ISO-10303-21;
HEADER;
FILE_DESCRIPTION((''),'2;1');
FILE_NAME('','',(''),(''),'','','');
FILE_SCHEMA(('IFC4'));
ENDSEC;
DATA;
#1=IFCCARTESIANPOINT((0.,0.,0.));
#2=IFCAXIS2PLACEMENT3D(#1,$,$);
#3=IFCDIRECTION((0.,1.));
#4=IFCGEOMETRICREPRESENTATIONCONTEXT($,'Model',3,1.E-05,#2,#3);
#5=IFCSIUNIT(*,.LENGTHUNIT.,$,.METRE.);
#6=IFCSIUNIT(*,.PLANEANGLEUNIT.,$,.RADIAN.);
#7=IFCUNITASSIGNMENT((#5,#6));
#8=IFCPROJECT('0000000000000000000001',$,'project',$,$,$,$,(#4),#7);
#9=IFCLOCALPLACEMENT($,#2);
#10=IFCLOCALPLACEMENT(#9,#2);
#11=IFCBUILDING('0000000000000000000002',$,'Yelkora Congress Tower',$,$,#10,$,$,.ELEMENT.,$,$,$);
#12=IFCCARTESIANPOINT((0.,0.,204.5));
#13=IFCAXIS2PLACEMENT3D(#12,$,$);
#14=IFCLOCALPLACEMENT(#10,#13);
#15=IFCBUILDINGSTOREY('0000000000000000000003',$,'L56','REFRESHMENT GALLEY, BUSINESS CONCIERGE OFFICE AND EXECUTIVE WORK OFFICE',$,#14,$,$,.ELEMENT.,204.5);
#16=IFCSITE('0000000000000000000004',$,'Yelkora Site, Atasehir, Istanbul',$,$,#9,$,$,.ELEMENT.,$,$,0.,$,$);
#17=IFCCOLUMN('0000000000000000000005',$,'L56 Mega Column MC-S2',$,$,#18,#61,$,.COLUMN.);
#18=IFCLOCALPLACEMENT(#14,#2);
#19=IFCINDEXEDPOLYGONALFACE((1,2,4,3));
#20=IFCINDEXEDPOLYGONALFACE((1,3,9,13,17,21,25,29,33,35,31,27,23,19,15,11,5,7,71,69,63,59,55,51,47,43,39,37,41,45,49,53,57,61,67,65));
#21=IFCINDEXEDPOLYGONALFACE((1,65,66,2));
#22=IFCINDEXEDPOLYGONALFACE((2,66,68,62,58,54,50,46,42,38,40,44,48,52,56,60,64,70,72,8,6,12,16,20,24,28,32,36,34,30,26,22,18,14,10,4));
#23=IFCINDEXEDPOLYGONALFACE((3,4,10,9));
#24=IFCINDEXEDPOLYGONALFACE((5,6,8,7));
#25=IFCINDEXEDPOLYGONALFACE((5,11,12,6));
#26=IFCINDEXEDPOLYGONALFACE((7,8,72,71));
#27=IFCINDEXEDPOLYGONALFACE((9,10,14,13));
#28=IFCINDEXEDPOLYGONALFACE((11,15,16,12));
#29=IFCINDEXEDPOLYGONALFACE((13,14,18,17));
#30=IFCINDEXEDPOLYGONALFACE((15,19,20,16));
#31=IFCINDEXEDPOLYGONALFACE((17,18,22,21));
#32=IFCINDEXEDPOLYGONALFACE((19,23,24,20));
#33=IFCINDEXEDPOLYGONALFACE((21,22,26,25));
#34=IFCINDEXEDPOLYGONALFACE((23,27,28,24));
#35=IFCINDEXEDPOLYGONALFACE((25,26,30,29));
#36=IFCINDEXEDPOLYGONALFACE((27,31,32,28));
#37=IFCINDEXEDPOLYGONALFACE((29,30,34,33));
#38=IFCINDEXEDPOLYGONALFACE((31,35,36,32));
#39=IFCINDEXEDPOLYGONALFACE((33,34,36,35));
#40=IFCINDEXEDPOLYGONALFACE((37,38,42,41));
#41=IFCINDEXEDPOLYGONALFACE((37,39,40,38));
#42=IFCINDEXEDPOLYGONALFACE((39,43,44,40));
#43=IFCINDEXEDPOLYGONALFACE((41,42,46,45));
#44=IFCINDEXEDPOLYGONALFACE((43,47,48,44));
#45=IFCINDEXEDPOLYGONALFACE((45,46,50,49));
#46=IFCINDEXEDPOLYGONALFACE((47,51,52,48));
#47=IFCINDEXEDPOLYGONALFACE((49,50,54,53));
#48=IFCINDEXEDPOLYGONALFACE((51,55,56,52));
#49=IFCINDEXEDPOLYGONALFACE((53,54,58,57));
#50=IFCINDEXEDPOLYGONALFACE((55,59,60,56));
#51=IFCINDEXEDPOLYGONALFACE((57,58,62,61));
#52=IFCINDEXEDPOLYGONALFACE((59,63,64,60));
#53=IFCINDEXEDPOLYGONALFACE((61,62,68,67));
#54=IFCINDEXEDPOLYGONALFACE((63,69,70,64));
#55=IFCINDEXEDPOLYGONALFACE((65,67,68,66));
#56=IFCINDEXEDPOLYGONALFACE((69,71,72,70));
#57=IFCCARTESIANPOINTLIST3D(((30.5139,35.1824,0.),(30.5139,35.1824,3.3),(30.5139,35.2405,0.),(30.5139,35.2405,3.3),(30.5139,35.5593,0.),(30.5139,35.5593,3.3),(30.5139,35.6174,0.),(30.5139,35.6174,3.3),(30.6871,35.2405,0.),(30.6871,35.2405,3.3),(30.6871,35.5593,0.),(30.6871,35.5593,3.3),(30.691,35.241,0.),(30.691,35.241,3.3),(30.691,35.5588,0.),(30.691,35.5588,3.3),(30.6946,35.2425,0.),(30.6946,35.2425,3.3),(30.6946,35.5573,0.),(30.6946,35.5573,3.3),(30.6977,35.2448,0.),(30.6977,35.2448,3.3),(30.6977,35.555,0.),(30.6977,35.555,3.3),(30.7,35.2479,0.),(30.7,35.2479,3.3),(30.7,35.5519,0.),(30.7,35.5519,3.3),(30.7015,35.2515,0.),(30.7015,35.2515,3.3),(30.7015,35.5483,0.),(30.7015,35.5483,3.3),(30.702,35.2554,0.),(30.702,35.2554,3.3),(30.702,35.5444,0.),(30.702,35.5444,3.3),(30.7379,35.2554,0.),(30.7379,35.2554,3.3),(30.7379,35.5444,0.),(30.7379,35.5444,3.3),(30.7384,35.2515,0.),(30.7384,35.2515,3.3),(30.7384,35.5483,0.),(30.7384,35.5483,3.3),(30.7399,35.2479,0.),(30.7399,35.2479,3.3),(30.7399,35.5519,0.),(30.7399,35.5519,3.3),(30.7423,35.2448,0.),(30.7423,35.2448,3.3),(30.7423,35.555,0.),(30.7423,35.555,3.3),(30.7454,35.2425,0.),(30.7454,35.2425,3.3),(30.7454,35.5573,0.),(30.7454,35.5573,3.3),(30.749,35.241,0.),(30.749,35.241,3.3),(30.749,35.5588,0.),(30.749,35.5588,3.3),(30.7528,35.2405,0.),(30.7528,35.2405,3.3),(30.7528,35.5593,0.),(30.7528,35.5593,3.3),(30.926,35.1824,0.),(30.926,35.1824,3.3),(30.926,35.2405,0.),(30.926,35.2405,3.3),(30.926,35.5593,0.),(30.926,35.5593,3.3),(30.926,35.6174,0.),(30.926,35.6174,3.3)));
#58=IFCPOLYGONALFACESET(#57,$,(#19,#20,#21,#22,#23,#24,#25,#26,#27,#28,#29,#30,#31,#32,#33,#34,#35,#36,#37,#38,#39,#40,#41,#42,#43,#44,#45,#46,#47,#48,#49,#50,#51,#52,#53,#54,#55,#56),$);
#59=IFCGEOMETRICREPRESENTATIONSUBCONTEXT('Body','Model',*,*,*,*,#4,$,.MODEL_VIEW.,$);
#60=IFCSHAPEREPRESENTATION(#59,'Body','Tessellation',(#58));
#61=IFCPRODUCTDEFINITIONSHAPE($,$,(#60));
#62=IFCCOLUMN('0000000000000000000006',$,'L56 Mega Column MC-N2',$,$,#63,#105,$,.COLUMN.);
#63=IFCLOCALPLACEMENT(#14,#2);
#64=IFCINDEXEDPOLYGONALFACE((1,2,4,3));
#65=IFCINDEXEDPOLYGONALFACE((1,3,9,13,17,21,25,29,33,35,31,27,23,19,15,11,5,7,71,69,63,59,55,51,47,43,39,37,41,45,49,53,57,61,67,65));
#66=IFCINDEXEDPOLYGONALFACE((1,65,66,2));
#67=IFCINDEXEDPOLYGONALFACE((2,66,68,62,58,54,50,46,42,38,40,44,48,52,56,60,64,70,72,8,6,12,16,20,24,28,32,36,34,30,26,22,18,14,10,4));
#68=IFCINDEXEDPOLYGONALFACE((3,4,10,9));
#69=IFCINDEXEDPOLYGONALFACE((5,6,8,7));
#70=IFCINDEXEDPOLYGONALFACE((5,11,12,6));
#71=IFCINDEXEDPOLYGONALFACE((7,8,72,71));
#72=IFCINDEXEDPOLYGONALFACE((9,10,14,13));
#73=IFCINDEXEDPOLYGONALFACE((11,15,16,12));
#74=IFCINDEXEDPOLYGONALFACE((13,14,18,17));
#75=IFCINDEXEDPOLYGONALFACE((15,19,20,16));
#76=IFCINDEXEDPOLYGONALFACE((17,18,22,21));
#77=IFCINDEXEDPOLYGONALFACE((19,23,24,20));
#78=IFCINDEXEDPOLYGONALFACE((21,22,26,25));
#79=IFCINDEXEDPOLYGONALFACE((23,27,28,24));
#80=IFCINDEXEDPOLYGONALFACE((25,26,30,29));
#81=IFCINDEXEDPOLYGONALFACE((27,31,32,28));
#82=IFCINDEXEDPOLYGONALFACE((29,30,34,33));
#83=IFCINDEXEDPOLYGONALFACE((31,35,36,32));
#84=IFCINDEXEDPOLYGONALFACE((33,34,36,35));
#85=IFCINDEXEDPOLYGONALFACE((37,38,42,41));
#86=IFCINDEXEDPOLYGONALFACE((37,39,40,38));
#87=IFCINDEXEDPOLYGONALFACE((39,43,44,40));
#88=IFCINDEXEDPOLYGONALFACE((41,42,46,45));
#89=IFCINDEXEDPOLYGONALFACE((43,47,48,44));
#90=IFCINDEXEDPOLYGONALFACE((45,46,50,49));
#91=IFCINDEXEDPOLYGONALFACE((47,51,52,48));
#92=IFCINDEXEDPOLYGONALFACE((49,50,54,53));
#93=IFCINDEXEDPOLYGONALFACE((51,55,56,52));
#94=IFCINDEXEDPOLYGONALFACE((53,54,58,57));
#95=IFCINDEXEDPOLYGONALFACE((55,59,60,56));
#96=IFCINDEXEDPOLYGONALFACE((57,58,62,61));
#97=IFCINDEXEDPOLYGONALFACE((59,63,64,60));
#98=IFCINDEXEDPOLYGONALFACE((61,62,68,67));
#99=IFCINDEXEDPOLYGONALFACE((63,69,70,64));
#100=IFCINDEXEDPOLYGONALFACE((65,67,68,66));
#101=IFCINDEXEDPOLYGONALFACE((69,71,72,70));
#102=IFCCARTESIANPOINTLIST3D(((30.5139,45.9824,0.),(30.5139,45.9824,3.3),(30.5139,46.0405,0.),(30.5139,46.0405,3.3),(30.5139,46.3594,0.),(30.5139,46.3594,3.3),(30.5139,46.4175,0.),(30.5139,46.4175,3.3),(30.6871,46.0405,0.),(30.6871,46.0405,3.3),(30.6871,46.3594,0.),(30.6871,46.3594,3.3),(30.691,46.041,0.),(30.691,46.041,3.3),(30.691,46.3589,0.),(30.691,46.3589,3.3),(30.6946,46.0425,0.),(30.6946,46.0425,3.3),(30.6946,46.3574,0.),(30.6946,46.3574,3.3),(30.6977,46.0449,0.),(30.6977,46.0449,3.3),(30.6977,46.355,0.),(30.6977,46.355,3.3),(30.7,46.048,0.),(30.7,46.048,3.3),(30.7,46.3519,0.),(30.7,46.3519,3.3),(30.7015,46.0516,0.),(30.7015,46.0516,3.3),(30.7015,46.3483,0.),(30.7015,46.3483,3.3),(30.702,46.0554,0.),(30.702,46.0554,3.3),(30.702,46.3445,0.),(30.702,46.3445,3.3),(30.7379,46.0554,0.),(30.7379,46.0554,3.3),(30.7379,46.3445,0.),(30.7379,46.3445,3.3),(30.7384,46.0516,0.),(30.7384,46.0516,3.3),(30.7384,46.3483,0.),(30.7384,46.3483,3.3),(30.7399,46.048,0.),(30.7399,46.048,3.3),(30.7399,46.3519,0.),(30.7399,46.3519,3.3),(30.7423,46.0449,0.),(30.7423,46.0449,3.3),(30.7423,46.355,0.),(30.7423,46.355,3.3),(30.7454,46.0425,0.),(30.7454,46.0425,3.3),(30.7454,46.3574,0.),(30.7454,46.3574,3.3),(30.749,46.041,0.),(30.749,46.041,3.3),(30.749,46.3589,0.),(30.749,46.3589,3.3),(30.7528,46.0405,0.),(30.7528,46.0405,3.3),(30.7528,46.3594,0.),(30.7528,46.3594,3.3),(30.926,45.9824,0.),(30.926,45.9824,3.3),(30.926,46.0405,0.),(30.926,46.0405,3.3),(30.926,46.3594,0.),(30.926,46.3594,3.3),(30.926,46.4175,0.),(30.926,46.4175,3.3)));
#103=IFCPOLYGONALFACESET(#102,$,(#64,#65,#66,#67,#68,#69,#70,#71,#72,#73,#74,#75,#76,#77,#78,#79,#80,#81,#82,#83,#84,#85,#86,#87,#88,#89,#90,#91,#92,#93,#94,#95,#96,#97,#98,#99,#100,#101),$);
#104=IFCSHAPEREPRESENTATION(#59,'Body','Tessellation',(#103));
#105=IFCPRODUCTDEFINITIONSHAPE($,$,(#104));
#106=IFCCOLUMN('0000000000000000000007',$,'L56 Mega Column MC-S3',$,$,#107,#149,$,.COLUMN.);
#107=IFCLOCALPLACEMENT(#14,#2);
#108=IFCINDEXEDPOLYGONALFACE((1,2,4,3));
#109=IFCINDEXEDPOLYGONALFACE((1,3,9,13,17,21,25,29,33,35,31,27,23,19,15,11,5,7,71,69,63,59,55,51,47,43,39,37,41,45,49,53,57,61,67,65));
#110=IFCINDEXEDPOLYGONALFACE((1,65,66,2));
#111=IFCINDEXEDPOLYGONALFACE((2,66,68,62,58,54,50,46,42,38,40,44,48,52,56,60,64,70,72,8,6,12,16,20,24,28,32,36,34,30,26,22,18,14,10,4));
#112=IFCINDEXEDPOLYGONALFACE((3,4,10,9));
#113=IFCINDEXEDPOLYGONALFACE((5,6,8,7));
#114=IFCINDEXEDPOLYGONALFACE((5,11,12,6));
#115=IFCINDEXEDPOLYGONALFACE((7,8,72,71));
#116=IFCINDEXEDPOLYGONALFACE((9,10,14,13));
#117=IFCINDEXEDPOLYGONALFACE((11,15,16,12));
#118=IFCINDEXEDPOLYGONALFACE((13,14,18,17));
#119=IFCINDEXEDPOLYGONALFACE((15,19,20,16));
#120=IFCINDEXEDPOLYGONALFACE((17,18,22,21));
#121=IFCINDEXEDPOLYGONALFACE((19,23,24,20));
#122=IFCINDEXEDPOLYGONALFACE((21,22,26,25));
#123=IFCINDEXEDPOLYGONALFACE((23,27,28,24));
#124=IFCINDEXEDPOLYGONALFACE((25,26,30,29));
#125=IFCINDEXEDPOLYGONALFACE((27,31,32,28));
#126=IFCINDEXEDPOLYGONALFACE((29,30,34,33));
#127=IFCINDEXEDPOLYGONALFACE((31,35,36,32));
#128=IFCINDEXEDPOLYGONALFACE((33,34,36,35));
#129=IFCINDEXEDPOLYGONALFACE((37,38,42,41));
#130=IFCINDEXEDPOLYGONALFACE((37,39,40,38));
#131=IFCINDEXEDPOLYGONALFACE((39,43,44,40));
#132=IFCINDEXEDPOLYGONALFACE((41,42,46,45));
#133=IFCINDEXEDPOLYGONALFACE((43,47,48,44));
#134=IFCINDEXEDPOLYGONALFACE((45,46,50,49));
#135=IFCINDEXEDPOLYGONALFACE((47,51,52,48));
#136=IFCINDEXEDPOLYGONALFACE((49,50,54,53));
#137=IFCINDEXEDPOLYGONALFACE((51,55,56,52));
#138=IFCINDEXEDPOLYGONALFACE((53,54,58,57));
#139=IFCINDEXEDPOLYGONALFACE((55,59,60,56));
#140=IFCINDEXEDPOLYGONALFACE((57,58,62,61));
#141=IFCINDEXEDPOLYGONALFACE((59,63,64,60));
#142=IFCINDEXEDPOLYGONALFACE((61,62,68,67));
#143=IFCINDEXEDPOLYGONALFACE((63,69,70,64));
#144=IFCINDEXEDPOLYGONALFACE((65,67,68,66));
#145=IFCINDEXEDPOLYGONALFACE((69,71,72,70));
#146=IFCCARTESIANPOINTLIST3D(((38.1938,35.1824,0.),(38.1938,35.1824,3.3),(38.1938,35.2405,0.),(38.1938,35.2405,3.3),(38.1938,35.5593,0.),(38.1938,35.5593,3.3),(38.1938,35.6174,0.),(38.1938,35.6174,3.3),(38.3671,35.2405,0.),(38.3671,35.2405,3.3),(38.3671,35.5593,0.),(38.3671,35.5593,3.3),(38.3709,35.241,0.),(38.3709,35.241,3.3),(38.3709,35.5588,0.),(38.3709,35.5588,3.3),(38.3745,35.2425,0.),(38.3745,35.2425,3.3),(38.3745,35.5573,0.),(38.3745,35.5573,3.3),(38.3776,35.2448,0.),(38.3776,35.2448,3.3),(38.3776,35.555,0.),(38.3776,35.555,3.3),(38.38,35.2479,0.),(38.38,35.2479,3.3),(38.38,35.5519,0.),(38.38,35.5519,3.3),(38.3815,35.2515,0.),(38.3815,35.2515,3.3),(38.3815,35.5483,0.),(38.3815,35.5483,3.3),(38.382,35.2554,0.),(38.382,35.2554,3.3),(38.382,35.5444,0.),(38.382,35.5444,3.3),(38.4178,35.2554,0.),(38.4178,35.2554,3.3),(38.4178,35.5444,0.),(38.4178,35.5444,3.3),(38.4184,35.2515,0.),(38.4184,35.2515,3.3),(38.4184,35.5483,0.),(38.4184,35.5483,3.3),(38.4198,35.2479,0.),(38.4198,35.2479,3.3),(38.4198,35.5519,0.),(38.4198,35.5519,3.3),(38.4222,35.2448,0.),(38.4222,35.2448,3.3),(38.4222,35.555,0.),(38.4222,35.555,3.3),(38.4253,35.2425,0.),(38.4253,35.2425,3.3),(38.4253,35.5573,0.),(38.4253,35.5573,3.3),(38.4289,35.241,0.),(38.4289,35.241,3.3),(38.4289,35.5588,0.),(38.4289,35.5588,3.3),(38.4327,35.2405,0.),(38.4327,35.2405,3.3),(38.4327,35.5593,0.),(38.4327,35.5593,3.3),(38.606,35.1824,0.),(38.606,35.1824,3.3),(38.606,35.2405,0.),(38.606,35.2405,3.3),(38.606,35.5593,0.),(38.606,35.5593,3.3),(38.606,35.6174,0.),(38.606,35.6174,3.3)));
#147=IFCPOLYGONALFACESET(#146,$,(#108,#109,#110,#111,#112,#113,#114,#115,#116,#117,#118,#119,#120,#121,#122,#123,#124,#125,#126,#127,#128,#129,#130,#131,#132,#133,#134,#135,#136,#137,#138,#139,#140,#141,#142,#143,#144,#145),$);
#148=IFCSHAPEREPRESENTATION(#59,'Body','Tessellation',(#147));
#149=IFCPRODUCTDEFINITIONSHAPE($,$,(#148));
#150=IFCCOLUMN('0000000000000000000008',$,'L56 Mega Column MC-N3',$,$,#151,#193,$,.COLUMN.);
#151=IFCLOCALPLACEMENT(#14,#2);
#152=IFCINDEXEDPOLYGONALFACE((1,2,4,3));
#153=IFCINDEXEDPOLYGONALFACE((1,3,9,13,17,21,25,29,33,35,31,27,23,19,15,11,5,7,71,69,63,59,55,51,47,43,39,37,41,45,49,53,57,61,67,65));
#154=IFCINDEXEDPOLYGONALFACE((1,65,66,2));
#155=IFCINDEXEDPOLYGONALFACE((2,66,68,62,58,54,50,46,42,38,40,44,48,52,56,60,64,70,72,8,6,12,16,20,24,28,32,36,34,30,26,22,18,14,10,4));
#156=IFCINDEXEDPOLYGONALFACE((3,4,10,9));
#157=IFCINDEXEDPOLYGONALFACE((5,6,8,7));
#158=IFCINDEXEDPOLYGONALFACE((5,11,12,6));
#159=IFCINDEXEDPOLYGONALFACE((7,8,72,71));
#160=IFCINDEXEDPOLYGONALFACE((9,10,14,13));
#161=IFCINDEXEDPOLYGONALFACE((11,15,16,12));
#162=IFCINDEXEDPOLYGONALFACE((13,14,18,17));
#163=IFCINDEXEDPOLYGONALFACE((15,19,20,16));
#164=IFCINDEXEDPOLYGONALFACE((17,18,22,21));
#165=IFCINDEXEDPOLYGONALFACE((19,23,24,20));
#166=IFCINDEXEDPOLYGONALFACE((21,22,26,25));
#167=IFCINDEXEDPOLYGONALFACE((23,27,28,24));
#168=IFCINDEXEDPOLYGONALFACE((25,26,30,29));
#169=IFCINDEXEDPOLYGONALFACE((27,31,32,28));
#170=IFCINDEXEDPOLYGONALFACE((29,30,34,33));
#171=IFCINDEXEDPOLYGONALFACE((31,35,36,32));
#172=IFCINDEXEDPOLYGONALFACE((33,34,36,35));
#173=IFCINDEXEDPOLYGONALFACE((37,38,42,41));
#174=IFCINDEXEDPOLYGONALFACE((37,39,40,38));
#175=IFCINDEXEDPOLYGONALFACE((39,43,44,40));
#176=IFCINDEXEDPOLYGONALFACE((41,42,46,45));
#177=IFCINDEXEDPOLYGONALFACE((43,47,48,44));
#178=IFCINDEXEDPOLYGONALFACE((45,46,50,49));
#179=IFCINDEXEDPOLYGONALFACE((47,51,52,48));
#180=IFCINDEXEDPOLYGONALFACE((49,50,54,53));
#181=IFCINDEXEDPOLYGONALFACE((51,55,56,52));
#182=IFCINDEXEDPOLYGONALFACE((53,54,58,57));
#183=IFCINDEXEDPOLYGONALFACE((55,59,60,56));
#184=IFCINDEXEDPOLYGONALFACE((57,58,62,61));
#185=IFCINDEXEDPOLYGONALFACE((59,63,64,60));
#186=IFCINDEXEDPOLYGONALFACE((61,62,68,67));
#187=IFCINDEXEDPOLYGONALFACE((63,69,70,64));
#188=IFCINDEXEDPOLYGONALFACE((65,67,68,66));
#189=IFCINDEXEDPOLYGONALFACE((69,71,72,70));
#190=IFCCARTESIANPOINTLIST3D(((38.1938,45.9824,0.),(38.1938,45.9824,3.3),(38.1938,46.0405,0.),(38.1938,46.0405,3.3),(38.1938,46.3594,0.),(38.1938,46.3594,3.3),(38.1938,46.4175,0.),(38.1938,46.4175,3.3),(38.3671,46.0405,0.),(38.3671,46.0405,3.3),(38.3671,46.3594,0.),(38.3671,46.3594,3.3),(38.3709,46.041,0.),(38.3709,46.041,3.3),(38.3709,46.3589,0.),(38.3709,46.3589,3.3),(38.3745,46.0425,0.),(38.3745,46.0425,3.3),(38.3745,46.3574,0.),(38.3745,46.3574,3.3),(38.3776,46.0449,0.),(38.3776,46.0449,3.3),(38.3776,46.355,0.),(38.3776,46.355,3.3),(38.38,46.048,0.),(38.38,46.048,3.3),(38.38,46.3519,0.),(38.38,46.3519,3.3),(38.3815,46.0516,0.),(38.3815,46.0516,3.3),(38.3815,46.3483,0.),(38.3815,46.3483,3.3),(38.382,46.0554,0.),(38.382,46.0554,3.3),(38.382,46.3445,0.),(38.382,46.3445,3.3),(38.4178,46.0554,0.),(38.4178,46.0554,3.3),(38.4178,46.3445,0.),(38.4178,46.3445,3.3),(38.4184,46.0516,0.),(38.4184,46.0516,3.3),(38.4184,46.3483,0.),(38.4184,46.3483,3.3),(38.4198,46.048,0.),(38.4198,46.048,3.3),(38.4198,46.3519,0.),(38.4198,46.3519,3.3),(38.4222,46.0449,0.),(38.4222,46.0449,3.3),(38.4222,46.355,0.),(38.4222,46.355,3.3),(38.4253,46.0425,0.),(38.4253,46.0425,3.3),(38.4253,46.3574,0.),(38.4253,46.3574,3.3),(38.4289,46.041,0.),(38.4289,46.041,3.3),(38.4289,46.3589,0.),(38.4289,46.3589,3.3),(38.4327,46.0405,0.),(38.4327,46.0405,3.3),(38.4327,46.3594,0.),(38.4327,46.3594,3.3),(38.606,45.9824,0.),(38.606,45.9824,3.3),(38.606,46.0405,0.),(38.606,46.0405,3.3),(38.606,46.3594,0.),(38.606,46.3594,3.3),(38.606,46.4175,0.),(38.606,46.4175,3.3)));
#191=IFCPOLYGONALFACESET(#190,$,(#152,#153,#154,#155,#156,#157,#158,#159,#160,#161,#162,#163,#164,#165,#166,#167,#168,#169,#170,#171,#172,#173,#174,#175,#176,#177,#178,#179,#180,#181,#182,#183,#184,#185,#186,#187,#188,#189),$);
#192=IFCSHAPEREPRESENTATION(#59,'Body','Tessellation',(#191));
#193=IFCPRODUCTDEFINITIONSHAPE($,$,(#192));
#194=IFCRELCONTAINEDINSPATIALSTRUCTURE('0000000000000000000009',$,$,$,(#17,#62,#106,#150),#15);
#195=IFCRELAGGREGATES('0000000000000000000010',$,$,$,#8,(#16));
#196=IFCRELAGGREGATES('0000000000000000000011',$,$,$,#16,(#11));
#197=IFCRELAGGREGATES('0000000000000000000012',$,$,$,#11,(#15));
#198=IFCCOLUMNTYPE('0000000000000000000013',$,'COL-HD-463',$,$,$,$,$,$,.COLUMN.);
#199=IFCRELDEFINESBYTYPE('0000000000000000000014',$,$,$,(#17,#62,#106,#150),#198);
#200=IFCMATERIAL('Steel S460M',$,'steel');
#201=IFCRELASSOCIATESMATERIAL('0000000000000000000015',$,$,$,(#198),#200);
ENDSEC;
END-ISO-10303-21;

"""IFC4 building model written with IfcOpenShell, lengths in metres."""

from ifc_helpers import new_model, si_unit, direction, frame, origin, origin_2d, place, context, subcontext, project, spatial, i_section, extrude, material, material_profile, profile_set, type_object, element, save


model = new_model("IFC4")

# Units and contexts
model_context = context("Model", 3, precision=1e-05, world=origin(), true_north=direction((0.0, 1.0)))
body_context = subcontext(model_context, "Body", "Model", "MODEL_VIEW")
ifc_project = project(units=[si_unit("LENGTHUNIT", "METRE"), si_unit("PLANEANGLEUNIT", "RADIAN")], contexts=[model_context])

# Site, building, storey
site_placement = place(None, origin())
site = spatial("IfcSite", under=ifc_project, at=site_placement, Name="Yelkora Site, Atasehir, Istanbul", CompositionType="ELEMENT", RefElevation=0.0)
building_placement = place(site_placement, origin())
building = spatial("IfcBuilding", under=site, at=building_placement, Name="Yelkora Congress Tower", CompositionType="ELEMENT")
storey_placement = place(building_placement, frame((0.0, 0.0, 204.5)))
storey = spatial("IfcBuildingStorey", under=building, at=storey_placement, Name="L56", Description="REFRESHMENT GALLEY, BUSINESS CONCIERGE OFFICE AND EXECUTIVE WORK OFFICE", CompositionType="ELEMENT", Elevation=204.5)

# Columns
ifc_material_1 = material(Name="Steel S460M", Category="steel")
ifc_material_profile_1 = material_profile(ifc_material_1, i_section(OverallWidth=0.4121, OverallDepth=0.4351, WebThickness=0.0359, FlangeThickness=0.0581, FilletRadius=0.0149, at=origin_2d()), Name="HD 400x463")
ifc_profile_set_1 = profile_set([ifc_material_profile_1], Name="Steel S460M")
column_type = type_object("IfcColumnType", Name="COL-HD-463", PredefinedType="COLUMN", material=ifc_profile_set_1)
for number, where, z_axis, x_axis, name in (
    (1, (30.72, 35.3999, 0.0), (0.0, 0.0, 1.0), (1.0, 0.0, 0.0), "L56 Mega Column MC-S2"),
    (2, (30.72, 46.2, 0.0), (0.0, 0.0, 1.0), (1.0, 0.0, 0.0), "L56 Mega Column MC-N2"),
    (3, (38.3999, 35.3999, 0.0), (0.0, 0.0, 1.0), (1.0, 0.0, 0.0), "L56 Mega Column MC-S3"),
    (4, (38.3999, 46.2, 0.0), (0.0, 0.0, 1.0), (1.0, 0.0, 0.0), "L56 Mega Column MC-N3"),
):
    element("IfcColumn", number, at=place(storey_placement, frame(where, z_axis=z_axis, x_axis=x_axis)), inside=storey, type_object=column_type, Name=name, PredefinedType="COLUMN", context=body_context, shape_type="SweptSolid", body=[
        extrude(i_section(OverallWidth=0.4121, OverallDepth=0.4351, WebThickness=0.0359, FlangeThickness=0.0581, FilletRadius=0.0149, at=origin_2d()), origin(), (0.0, 0.0, 1.0), 3.3),
    ])

save(model, "model.ifc")
